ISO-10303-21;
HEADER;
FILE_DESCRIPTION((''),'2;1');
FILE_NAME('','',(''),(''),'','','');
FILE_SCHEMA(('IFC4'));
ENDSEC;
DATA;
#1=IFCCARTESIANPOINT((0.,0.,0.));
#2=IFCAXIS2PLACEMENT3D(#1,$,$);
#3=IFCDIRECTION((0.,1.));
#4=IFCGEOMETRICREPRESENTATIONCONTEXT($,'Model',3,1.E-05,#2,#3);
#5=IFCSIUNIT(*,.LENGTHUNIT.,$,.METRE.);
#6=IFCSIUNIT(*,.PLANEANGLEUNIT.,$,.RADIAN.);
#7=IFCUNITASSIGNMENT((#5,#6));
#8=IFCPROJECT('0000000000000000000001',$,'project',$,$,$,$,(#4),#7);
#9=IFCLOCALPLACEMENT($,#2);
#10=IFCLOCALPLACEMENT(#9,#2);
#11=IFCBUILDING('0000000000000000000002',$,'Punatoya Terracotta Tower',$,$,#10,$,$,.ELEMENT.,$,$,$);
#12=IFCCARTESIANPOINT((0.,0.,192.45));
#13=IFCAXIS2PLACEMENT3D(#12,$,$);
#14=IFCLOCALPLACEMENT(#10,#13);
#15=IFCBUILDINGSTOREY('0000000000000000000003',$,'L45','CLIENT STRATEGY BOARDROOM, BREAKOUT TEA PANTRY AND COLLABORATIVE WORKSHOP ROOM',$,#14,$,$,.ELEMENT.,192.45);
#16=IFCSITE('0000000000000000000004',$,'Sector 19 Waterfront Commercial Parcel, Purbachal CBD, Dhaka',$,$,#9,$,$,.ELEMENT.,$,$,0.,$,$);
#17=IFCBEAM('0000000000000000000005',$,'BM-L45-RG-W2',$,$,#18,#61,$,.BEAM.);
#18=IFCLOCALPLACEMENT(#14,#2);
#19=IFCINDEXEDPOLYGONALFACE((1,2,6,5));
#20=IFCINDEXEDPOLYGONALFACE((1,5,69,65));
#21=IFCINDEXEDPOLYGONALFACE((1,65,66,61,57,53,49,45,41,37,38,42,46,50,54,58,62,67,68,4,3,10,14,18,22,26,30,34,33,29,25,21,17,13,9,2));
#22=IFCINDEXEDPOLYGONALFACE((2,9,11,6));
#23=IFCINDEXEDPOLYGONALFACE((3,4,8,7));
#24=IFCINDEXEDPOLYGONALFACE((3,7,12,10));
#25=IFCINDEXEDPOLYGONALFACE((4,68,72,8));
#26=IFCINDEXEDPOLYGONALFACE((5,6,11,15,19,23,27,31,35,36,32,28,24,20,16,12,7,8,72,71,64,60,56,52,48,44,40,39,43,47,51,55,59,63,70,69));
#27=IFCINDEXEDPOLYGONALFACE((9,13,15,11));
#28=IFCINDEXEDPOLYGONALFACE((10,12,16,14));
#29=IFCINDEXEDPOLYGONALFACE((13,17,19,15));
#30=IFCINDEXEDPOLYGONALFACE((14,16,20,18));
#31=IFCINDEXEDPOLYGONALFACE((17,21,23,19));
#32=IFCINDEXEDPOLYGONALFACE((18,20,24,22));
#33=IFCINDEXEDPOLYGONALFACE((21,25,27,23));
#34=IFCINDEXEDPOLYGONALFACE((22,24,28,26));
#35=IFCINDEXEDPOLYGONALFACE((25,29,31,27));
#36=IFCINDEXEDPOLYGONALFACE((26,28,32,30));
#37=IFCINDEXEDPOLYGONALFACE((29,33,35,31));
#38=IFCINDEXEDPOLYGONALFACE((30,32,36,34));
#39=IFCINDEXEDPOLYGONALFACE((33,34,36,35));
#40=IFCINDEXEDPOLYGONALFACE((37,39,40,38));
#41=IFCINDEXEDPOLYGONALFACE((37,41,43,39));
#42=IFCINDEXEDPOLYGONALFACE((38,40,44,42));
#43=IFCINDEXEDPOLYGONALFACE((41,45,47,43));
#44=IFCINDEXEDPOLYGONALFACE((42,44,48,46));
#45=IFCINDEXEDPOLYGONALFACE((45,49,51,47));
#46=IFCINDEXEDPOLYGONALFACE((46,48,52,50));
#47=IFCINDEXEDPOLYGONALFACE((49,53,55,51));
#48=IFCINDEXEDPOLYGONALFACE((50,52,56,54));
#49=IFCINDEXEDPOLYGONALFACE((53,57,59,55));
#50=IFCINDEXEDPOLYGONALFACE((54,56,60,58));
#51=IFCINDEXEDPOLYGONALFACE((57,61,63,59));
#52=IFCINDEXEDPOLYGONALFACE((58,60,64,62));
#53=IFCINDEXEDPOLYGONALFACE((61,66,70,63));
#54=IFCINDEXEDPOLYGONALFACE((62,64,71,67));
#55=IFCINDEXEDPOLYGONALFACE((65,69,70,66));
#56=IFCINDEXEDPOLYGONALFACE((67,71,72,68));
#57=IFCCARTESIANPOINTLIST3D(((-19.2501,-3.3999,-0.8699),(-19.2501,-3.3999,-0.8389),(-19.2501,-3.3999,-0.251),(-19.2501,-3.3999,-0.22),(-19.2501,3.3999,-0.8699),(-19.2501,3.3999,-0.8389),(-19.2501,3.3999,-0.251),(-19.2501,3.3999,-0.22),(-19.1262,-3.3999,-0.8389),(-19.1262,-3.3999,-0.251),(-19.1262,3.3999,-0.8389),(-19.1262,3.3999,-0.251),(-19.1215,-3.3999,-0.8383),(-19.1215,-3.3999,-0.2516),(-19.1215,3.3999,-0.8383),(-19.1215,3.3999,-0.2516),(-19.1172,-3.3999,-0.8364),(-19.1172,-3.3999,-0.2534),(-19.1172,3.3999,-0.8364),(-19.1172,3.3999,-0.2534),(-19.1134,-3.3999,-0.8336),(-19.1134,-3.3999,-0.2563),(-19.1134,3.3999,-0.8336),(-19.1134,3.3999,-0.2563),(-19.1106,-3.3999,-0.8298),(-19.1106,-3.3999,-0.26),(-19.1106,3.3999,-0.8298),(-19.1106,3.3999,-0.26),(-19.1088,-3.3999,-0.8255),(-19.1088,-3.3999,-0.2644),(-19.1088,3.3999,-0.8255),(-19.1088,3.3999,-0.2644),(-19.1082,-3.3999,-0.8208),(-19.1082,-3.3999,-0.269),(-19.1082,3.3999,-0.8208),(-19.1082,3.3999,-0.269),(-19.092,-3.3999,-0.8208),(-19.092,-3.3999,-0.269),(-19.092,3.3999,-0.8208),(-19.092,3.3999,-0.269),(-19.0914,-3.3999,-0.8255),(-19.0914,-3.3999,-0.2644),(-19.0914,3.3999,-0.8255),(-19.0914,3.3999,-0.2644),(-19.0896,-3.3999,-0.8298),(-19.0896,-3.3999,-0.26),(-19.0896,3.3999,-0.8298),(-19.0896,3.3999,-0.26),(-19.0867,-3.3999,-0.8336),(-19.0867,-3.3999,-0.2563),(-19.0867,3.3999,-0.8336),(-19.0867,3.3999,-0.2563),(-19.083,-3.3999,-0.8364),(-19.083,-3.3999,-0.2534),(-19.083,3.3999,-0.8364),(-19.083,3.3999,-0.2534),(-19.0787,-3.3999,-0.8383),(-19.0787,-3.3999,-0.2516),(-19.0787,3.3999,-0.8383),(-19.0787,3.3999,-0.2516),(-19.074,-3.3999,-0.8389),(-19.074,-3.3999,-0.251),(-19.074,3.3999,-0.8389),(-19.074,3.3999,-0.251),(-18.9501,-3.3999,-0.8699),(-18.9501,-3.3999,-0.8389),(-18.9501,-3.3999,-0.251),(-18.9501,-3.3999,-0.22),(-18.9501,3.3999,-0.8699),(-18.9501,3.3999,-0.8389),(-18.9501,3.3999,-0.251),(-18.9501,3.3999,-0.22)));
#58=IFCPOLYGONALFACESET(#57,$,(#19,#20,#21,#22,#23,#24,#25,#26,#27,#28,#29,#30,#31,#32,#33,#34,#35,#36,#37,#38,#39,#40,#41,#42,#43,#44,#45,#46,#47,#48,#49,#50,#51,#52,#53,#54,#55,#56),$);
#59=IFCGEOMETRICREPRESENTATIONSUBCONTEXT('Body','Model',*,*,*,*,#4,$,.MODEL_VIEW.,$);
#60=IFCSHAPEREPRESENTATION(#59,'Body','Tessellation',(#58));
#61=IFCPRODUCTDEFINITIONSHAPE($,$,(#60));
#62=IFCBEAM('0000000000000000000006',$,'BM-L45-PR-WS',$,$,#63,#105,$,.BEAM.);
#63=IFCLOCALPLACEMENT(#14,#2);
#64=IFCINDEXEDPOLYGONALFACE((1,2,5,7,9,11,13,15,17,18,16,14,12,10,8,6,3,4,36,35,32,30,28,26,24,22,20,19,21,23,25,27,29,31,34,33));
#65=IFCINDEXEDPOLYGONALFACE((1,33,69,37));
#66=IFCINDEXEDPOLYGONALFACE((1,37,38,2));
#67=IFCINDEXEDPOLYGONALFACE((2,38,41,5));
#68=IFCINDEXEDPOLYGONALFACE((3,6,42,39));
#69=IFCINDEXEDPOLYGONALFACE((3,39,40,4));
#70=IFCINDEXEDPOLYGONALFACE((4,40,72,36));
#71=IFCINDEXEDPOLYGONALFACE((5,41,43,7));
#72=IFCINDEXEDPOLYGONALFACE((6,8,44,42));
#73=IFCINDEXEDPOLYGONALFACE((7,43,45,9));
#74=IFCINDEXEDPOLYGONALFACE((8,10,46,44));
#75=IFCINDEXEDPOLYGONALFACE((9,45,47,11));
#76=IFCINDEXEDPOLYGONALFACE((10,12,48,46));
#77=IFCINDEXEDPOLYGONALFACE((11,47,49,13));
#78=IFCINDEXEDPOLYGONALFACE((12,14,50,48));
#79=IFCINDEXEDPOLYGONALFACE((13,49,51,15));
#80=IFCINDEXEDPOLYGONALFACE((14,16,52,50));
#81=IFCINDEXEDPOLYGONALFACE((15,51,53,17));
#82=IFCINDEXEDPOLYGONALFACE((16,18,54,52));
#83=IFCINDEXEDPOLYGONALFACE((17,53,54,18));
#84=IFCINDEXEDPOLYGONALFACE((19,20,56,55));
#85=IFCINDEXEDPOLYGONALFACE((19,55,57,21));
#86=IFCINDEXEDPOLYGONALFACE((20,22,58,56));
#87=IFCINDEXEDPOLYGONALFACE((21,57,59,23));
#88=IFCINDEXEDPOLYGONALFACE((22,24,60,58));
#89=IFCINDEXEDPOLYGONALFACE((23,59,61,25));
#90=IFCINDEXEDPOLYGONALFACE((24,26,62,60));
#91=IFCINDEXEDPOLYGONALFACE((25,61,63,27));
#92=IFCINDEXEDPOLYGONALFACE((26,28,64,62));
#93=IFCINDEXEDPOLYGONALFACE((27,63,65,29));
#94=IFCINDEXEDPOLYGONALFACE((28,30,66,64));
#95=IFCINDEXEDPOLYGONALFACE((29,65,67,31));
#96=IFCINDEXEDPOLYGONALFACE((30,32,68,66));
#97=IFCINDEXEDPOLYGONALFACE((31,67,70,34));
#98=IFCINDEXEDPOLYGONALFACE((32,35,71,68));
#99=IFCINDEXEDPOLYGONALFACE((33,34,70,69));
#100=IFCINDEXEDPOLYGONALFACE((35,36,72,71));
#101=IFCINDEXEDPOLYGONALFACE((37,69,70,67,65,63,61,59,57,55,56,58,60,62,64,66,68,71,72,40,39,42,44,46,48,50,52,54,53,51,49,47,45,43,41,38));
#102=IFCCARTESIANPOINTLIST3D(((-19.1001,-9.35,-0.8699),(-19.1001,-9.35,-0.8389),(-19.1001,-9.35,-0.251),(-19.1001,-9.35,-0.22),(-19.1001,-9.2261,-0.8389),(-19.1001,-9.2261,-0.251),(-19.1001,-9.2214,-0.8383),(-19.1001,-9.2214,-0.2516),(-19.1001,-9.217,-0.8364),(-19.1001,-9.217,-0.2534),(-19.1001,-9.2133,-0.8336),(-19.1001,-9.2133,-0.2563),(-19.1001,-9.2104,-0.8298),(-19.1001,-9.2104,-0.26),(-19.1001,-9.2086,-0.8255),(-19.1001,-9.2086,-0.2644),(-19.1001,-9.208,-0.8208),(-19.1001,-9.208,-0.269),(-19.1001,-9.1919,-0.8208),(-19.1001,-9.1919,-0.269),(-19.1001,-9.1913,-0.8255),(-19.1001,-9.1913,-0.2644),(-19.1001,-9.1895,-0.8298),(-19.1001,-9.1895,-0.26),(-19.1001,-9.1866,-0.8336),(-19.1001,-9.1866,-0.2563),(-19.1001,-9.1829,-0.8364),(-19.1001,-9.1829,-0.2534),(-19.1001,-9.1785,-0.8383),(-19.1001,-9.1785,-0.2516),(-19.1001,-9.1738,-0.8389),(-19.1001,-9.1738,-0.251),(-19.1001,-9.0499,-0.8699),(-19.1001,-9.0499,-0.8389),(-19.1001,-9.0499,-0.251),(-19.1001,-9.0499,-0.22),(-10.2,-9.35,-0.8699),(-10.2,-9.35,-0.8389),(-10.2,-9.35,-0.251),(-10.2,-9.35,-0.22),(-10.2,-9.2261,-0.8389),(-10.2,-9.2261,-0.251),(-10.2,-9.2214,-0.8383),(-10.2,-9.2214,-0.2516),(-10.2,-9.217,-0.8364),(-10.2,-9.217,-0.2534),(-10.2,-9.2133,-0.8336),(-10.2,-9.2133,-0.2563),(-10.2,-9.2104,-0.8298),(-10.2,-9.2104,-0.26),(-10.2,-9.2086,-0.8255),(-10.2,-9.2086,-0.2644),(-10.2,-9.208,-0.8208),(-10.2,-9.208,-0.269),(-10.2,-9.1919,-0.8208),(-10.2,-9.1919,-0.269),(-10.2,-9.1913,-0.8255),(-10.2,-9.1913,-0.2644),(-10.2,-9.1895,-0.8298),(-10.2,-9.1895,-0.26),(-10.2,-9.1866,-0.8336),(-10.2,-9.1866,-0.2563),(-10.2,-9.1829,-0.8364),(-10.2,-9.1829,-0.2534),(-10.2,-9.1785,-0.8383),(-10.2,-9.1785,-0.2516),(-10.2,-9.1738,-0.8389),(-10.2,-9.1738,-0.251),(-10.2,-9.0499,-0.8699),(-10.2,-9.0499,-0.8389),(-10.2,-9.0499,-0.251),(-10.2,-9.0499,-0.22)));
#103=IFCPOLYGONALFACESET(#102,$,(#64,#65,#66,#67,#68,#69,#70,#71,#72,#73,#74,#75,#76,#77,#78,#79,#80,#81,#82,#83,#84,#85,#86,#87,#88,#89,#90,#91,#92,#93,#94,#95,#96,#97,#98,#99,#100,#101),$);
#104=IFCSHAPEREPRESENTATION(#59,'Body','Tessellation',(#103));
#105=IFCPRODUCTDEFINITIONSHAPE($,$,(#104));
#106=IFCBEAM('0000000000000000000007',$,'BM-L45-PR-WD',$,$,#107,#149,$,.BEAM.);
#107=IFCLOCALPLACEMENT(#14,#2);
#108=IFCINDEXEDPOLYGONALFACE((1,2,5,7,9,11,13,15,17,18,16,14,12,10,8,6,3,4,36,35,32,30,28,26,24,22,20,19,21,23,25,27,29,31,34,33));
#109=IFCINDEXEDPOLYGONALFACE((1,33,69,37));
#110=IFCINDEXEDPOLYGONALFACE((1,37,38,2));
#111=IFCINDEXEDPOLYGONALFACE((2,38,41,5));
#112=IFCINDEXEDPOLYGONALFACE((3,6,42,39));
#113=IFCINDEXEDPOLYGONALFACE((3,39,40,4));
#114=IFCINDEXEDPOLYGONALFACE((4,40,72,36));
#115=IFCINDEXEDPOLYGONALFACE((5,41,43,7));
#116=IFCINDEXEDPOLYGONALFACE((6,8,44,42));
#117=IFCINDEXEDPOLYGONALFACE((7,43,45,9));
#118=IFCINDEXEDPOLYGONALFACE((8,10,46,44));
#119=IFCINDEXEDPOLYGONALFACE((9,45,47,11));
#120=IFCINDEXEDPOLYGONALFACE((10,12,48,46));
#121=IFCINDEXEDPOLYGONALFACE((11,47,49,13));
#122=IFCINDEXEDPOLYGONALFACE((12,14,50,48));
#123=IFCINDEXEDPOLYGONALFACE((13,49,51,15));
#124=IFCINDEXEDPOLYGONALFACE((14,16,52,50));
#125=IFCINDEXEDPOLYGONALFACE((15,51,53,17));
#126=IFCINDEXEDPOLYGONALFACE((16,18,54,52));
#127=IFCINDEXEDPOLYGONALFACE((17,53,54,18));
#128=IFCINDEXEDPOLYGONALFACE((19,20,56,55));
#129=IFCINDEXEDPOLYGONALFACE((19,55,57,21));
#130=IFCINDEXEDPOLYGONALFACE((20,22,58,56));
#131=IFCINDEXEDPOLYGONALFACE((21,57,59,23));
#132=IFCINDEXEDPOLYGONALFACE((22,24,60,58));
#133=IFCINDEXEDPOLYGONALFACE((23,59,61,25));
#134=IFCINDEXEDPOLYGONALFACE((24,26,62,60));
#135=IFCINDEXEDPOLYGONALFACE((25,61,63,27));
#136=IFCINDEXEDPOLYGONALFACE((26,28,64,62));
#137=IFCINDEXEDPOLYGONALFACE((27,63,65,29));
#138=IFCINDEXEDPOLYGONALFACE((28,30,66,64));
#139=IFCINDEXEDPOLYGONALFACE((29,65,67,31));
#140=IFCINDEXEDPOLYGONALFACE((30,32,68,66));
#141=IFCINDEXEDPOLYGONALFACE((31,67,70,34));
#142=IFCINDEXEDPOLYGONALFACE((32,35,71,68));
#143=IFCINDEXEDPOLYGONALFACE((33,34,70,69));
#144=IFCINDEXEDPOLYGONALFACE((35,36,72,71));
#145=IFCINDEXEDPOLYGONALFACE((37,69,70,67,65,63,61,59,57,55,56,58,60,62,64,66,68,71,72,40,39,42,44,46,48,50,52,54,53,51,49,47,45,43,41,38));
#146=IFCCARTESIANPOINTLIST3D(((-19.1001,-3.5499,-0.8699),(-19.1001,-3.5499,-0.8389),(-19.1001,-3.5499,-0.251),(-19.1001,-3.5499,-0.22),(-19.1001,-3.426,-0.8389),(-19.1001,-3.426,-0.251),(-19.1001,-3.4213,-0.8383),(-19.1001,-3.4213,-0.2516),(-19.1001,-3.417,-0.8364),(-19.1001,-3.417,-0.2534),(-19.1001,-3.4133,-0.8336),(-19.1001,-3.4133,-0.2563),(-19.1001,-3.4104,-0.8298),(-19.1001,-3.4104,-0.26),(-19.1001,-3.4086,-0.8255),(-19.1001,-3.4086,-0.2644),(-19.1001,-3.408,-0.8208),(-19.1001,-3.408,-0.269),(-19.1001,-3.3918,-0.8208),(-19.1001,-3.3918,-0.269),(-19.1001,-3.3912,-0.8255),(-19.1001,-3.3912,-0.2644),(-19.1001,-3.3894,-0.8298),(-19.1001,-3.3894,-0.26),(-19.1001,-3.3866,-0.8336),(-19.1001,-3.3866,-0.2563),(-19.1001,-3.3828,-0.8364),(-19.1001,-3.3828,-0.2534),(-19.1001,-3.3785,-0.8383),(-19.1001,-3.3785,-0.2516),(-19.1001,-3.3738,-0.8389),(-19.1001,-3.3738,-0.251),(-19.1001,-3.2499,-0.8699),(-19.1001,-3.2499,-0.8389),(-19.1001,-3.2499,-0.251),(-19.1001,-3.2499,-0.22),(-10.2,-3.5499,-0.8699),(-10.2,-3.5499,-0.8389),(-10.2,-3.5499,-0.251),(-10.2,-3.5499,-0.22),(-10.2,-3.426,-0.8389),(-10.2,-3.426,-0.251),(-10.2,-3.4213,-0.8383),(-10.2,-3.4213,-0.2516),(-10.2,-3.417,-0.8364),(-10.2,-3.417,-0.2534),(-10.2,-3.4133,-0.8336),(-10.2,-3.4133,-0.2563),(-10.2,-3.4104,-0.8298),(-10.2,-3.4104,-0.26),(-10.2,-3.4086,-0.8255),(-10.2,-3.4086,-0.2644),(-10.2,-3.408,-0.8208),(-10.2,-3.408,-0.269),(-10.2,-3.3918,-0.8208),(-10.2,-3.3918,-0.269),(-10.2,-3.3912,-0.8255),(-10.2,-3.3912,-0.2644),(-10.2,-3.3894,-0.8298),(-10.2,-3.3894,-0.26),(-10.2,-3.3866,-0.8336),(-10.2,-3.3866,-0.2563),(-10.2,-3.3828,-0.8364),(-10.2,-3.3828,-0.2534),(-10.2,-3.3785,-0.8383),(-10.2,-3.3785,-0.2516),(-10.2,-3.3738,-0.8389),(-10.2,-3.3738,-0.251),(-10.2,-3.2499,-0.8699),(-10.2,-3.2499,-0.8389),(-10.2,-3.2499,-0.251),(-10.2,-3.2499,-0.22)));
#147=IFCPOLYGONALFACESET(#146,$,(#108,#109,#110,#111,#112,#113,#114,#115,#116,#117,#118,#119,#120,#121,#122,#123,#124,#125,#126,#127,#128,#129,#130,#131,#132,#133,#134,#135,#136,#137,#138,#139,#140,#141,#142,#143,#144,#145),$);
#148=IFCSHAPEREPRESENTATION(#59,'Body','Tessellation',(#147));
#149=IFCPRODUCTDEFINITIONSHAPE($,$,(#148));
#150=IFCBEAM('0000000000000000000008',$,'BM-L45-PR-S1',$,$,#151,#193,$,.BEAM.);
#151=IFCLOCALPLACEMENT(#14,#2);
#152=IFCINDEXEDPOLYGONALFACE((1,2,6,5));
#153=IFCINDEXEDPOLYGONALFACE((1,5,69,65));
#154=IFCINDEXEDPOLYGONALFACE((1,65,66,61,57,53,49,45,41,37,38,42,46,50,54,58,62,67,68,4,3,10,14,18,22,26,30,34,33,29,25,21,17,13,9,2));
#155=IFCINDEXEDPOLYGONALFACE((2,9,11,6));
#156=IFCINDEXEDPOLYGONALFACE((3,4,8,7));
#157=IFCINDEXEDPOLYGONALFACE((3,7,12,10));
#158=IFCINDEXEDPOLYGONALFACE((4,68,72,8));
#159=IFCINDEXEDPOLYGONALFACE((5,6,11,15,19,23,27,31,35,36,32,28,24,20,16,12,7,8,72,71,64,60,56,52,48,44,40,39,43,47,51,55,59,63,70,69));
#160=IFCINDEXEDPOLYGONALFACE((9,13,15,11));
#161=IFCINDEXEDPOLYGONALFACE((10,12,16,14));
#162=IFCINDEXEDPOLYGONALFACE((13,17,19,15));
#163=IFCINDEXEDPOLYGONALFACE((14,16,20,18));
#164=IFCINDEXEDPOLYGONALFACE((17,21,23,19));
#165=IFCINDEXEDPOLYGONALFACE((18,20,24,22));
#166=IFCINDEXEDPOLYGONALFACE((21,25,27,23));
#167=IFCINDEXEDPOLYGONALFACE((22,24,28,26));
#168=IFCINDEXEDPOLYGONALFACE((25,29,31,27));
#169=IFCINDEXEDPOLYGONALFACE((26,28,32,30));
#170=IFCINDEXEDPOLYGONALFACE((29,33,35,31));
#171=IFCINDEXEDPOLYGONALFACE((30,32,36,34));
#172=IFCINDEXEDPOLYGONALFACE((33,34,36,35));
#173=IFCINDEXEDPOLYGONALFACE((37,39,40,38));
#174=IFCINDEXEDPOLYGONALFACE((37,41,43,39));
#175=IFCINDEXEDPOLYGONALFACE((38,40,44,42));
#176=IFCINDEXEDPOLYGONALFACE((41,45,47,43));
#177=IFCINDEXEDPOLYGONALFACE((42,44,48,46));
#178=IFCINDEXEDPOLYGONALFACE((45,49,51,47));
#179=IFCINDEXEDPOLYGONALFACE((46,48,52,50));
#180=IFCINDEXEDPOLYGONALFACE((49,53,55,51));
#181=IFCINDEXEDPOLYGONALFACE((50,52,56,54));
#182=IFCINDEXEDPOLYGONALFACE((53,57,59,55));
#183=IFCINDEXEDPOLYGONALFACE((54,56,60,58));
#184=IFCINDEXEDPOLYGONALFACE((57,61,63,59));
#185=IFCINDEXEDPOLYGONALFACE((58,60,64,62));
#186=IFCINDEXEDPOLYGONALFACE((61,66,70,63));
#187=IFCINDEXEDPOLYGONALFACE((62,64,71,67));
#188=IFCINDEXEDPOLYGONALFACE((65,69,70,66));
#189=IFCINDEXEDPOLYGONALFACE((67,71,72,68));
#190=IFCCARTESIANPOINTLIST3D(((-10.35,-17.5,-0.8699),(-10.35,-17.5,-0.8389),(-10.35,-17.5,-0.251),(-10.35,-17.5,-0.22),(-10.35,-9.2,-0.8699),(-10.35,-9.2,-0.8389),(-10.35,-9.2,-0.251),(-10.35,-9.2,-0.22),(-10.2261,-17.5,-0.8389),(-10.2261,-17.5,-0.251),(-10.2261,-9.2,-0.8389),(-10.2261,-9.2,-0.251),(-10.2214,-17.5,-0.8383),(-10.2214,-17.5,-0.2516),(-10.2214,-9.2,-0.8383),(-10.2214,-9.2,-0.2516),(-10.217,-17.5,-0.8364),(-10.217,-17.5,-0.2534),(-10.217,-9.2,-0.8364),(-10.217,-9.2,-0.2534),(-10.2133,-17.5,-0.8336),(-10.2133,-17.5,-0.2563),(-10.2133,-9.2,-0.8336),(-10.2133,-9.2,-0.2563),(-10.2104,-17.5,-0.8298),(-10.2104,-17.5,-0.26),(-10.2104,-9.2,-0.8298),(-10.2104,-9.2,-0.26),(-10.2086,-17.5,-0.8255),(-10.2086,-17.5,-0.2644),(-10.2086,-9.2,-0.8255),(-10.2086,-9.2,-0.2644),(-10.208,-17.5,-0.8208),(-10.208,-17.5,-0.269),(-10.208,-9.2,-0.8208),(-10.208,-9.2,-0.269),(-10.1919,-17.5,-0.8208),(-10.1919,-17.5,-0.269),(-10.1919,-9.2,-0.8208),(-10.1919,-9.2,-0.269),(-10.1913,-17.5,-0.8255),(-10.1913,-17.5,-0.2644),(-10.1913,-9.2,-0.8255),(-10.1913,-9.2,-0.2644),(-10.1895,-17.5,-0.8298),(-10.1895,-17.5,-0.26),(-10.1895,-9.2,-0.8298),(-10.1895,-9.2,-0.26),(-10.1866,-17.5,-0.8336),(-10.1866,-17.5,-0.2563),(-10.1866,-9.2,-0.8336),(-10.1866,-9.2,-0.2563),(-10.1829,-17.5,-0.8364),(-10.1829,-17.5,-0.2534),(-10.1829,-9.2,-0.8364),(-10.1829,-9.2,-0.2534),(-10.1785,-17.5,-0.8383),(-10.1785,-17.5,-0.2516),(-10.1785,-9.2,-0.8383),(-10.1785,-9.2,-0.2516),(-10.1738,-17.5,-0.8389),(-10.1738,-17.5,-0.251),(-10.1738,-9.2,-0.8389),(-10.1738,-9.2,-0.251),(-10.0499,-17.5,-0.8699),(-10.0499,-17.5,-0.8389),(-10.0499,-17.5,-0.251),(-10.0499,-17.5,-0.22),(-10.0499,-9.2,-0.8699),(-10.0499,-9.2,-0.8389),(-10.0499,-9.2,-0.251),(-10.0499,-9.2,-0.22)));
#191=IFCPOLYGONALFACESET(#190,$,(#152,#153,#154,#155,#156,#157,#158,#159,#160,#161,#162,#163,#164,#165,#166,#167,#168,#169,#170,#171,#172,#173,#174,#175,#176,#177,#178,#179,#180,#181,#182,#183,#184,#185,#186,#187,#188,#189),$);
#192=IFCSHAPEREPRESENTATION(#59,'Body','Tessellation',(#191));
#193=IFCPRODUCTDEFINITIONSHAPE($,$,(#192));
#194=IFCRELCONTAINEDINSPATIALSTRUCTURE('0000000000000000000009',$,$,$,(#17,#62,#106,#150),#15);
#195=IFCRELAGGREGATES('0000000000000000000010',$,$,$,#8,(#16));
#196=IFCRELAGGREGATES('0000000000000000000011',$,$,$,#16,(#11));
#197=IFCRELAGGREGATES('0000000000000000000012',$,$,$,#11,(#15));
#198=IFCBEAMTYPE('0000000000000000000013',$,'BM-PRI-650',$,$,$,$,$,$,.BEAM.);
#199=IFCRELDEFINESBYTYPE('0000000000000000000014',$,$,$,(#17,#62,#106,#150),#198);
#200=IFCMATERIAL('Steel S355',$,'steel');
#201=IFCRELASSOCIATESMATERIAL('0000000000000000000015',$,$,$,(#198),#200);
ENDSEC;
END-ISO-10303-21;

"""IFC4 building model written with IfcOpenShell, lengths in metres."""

from ifc_helpers import new_model, si_unit, direction, frame, origin, origin_2d, place, context, subcontext, project, spatial, i_section, extrude, material, material_profile, profile_set, type_object, element, save


model = new_model("IFC4")

# Units and contexts
model_context = context("Model", 3, precision=1e-05, world=origin(), true_north=direction((0.0, 1.0)))
body_context = subcontext(model_context, "Body", "Model", "MODEL_VIEW")
ifc_project = project(units=[si_unit("LENGTHUNIT", "METRE"), si_unit("PLANEANGLEUNIT", "RADIAN")], contexts=[model_context])

# Site, building, storey
site_placement = place(None, origin())
site = spatial("IfcSite", under=ifc_project, at=site_placement, Name="Sector 19 Waterfront Commercial Parcel, Purbachal CBD, Dhaka", CompositionType="ELEMENT", RefElevation=0.0)
building_placement = place(site_placement, origin())
building = spatial("IfcBuilding", under=site, at=building_placement, Name="Punatoya Terracotta Tower", CompositionType="ELEMENT")
storey_placement = place(building_placement, frame((0.0, 0.0, 192.45)))
storey = spatial("IfcBuildingStorey", under=building, at=storey_placement, Name="L45", Description="CLIENT STRATEGY BOARDROOM, BREAKOUT TEA PANTRY AND COLLABORATIVE WORKSHOP ROOM", CompositionType="ELEMENT", Elevation=192.45)

# Beams
ifc_material_1 = material(Name="Steel S355", Category="steel")
ifc_material_profile_1 = material_profile(ifc_material_1, i_section(OverallWidth=0.3, OverallDepth=0.6499, WebThickness=0.0161, FlangeThickness=0.031, FilletRadius=0.0181, at=origin_2d()))
ifc_profile_set_1 = profile_set([ifc_material_profile_1], Name="Steel S355")
beam_type_1 = type_object("IfcBeamType", Name="BM-PRI-650", PredefinedType="BEAM", material=ifc_profile_set_1)
beam_1_placement = place(storey_placement, frame((-19.1001, -3.3999, -0.5449), z_axis=(0.0, 1.0, 0.0), x_axis=(-1.0, 0.0, 0.0)))
element("IfcBeam", 1, at=beam_1_placement, inside=storey, type_object=beam_type_1, Name="BM-L45-RG-W2", PredefinedType="BEAM", context=body_context, shape_type="SweptSolid", body=[
    extrude(i_section(OverallWidth=0.3, OverallDepth=0.6499, WebThickness=0.0161, FlangeThickness=0.031, FilletRadius=0.0181, at=origin_2d()), origin(), (0.0, 0.0, 1.0), 6.7998),
])
for number, where, z_axis, x_axis, name in (
    (2, (-19.1001, -9.2, -0.5449), (1.0, 0.0, 0.0), (0.0, 1.0, 0.0), "BM-L45-PR-WS"),
    (3, (-19.1001, -3.3999, -0.5449), (1.0, 0.0, 0.0), (0.0, 1.0, 0.0), "BM-L45-PR-WD"),
):
    element("IfcBeam", number, at=place(storey_placement, frame(where, z_axis=z_axis, x_axis=x_axis)), inside=storey, type_object=beam_type_1, Name=name, PredefinedType="BEAM", context=body_context, shape_type="SweptSolid", body=[
        extrude(i_section(OverallWidth=0.3, OverallDepth=0.6499, WebThickness=0.0161, FlangeThickness=0.031, FilletRadius=0.0181, at=origin_2d()), origin(), (0.0, 0.0, 1.0), 8.9001),
    ])
for number, where, z_axis, x_axis, name in (
    (4, (-10.2, -17.5, -0.5449), (0.0, 1.0, 0.0), (-1.0, 0.0, 0.0), "BM-L45-PR-S1"),
):
    element("IfcBeam", number, at=place(storey_placement, frame(where, z_axis=z_axis, x_axis=x_axis)), inside=storey, type_object=beam_type_1, Name=name, PredefinedType="BEAM", context=body_context, shape_type="SweptSolid", body=[
        extrude(i_section(OverallWidth=0.3, OverallDepth=0.6499, WebThickness=0.0161, FlangeThickness=0.031, FilletRadius=0.0181, at=origin_2d()), origin(), (0.0, 0.0, 1.0), 8.3),
    ])

save(model, "model.ifc")
